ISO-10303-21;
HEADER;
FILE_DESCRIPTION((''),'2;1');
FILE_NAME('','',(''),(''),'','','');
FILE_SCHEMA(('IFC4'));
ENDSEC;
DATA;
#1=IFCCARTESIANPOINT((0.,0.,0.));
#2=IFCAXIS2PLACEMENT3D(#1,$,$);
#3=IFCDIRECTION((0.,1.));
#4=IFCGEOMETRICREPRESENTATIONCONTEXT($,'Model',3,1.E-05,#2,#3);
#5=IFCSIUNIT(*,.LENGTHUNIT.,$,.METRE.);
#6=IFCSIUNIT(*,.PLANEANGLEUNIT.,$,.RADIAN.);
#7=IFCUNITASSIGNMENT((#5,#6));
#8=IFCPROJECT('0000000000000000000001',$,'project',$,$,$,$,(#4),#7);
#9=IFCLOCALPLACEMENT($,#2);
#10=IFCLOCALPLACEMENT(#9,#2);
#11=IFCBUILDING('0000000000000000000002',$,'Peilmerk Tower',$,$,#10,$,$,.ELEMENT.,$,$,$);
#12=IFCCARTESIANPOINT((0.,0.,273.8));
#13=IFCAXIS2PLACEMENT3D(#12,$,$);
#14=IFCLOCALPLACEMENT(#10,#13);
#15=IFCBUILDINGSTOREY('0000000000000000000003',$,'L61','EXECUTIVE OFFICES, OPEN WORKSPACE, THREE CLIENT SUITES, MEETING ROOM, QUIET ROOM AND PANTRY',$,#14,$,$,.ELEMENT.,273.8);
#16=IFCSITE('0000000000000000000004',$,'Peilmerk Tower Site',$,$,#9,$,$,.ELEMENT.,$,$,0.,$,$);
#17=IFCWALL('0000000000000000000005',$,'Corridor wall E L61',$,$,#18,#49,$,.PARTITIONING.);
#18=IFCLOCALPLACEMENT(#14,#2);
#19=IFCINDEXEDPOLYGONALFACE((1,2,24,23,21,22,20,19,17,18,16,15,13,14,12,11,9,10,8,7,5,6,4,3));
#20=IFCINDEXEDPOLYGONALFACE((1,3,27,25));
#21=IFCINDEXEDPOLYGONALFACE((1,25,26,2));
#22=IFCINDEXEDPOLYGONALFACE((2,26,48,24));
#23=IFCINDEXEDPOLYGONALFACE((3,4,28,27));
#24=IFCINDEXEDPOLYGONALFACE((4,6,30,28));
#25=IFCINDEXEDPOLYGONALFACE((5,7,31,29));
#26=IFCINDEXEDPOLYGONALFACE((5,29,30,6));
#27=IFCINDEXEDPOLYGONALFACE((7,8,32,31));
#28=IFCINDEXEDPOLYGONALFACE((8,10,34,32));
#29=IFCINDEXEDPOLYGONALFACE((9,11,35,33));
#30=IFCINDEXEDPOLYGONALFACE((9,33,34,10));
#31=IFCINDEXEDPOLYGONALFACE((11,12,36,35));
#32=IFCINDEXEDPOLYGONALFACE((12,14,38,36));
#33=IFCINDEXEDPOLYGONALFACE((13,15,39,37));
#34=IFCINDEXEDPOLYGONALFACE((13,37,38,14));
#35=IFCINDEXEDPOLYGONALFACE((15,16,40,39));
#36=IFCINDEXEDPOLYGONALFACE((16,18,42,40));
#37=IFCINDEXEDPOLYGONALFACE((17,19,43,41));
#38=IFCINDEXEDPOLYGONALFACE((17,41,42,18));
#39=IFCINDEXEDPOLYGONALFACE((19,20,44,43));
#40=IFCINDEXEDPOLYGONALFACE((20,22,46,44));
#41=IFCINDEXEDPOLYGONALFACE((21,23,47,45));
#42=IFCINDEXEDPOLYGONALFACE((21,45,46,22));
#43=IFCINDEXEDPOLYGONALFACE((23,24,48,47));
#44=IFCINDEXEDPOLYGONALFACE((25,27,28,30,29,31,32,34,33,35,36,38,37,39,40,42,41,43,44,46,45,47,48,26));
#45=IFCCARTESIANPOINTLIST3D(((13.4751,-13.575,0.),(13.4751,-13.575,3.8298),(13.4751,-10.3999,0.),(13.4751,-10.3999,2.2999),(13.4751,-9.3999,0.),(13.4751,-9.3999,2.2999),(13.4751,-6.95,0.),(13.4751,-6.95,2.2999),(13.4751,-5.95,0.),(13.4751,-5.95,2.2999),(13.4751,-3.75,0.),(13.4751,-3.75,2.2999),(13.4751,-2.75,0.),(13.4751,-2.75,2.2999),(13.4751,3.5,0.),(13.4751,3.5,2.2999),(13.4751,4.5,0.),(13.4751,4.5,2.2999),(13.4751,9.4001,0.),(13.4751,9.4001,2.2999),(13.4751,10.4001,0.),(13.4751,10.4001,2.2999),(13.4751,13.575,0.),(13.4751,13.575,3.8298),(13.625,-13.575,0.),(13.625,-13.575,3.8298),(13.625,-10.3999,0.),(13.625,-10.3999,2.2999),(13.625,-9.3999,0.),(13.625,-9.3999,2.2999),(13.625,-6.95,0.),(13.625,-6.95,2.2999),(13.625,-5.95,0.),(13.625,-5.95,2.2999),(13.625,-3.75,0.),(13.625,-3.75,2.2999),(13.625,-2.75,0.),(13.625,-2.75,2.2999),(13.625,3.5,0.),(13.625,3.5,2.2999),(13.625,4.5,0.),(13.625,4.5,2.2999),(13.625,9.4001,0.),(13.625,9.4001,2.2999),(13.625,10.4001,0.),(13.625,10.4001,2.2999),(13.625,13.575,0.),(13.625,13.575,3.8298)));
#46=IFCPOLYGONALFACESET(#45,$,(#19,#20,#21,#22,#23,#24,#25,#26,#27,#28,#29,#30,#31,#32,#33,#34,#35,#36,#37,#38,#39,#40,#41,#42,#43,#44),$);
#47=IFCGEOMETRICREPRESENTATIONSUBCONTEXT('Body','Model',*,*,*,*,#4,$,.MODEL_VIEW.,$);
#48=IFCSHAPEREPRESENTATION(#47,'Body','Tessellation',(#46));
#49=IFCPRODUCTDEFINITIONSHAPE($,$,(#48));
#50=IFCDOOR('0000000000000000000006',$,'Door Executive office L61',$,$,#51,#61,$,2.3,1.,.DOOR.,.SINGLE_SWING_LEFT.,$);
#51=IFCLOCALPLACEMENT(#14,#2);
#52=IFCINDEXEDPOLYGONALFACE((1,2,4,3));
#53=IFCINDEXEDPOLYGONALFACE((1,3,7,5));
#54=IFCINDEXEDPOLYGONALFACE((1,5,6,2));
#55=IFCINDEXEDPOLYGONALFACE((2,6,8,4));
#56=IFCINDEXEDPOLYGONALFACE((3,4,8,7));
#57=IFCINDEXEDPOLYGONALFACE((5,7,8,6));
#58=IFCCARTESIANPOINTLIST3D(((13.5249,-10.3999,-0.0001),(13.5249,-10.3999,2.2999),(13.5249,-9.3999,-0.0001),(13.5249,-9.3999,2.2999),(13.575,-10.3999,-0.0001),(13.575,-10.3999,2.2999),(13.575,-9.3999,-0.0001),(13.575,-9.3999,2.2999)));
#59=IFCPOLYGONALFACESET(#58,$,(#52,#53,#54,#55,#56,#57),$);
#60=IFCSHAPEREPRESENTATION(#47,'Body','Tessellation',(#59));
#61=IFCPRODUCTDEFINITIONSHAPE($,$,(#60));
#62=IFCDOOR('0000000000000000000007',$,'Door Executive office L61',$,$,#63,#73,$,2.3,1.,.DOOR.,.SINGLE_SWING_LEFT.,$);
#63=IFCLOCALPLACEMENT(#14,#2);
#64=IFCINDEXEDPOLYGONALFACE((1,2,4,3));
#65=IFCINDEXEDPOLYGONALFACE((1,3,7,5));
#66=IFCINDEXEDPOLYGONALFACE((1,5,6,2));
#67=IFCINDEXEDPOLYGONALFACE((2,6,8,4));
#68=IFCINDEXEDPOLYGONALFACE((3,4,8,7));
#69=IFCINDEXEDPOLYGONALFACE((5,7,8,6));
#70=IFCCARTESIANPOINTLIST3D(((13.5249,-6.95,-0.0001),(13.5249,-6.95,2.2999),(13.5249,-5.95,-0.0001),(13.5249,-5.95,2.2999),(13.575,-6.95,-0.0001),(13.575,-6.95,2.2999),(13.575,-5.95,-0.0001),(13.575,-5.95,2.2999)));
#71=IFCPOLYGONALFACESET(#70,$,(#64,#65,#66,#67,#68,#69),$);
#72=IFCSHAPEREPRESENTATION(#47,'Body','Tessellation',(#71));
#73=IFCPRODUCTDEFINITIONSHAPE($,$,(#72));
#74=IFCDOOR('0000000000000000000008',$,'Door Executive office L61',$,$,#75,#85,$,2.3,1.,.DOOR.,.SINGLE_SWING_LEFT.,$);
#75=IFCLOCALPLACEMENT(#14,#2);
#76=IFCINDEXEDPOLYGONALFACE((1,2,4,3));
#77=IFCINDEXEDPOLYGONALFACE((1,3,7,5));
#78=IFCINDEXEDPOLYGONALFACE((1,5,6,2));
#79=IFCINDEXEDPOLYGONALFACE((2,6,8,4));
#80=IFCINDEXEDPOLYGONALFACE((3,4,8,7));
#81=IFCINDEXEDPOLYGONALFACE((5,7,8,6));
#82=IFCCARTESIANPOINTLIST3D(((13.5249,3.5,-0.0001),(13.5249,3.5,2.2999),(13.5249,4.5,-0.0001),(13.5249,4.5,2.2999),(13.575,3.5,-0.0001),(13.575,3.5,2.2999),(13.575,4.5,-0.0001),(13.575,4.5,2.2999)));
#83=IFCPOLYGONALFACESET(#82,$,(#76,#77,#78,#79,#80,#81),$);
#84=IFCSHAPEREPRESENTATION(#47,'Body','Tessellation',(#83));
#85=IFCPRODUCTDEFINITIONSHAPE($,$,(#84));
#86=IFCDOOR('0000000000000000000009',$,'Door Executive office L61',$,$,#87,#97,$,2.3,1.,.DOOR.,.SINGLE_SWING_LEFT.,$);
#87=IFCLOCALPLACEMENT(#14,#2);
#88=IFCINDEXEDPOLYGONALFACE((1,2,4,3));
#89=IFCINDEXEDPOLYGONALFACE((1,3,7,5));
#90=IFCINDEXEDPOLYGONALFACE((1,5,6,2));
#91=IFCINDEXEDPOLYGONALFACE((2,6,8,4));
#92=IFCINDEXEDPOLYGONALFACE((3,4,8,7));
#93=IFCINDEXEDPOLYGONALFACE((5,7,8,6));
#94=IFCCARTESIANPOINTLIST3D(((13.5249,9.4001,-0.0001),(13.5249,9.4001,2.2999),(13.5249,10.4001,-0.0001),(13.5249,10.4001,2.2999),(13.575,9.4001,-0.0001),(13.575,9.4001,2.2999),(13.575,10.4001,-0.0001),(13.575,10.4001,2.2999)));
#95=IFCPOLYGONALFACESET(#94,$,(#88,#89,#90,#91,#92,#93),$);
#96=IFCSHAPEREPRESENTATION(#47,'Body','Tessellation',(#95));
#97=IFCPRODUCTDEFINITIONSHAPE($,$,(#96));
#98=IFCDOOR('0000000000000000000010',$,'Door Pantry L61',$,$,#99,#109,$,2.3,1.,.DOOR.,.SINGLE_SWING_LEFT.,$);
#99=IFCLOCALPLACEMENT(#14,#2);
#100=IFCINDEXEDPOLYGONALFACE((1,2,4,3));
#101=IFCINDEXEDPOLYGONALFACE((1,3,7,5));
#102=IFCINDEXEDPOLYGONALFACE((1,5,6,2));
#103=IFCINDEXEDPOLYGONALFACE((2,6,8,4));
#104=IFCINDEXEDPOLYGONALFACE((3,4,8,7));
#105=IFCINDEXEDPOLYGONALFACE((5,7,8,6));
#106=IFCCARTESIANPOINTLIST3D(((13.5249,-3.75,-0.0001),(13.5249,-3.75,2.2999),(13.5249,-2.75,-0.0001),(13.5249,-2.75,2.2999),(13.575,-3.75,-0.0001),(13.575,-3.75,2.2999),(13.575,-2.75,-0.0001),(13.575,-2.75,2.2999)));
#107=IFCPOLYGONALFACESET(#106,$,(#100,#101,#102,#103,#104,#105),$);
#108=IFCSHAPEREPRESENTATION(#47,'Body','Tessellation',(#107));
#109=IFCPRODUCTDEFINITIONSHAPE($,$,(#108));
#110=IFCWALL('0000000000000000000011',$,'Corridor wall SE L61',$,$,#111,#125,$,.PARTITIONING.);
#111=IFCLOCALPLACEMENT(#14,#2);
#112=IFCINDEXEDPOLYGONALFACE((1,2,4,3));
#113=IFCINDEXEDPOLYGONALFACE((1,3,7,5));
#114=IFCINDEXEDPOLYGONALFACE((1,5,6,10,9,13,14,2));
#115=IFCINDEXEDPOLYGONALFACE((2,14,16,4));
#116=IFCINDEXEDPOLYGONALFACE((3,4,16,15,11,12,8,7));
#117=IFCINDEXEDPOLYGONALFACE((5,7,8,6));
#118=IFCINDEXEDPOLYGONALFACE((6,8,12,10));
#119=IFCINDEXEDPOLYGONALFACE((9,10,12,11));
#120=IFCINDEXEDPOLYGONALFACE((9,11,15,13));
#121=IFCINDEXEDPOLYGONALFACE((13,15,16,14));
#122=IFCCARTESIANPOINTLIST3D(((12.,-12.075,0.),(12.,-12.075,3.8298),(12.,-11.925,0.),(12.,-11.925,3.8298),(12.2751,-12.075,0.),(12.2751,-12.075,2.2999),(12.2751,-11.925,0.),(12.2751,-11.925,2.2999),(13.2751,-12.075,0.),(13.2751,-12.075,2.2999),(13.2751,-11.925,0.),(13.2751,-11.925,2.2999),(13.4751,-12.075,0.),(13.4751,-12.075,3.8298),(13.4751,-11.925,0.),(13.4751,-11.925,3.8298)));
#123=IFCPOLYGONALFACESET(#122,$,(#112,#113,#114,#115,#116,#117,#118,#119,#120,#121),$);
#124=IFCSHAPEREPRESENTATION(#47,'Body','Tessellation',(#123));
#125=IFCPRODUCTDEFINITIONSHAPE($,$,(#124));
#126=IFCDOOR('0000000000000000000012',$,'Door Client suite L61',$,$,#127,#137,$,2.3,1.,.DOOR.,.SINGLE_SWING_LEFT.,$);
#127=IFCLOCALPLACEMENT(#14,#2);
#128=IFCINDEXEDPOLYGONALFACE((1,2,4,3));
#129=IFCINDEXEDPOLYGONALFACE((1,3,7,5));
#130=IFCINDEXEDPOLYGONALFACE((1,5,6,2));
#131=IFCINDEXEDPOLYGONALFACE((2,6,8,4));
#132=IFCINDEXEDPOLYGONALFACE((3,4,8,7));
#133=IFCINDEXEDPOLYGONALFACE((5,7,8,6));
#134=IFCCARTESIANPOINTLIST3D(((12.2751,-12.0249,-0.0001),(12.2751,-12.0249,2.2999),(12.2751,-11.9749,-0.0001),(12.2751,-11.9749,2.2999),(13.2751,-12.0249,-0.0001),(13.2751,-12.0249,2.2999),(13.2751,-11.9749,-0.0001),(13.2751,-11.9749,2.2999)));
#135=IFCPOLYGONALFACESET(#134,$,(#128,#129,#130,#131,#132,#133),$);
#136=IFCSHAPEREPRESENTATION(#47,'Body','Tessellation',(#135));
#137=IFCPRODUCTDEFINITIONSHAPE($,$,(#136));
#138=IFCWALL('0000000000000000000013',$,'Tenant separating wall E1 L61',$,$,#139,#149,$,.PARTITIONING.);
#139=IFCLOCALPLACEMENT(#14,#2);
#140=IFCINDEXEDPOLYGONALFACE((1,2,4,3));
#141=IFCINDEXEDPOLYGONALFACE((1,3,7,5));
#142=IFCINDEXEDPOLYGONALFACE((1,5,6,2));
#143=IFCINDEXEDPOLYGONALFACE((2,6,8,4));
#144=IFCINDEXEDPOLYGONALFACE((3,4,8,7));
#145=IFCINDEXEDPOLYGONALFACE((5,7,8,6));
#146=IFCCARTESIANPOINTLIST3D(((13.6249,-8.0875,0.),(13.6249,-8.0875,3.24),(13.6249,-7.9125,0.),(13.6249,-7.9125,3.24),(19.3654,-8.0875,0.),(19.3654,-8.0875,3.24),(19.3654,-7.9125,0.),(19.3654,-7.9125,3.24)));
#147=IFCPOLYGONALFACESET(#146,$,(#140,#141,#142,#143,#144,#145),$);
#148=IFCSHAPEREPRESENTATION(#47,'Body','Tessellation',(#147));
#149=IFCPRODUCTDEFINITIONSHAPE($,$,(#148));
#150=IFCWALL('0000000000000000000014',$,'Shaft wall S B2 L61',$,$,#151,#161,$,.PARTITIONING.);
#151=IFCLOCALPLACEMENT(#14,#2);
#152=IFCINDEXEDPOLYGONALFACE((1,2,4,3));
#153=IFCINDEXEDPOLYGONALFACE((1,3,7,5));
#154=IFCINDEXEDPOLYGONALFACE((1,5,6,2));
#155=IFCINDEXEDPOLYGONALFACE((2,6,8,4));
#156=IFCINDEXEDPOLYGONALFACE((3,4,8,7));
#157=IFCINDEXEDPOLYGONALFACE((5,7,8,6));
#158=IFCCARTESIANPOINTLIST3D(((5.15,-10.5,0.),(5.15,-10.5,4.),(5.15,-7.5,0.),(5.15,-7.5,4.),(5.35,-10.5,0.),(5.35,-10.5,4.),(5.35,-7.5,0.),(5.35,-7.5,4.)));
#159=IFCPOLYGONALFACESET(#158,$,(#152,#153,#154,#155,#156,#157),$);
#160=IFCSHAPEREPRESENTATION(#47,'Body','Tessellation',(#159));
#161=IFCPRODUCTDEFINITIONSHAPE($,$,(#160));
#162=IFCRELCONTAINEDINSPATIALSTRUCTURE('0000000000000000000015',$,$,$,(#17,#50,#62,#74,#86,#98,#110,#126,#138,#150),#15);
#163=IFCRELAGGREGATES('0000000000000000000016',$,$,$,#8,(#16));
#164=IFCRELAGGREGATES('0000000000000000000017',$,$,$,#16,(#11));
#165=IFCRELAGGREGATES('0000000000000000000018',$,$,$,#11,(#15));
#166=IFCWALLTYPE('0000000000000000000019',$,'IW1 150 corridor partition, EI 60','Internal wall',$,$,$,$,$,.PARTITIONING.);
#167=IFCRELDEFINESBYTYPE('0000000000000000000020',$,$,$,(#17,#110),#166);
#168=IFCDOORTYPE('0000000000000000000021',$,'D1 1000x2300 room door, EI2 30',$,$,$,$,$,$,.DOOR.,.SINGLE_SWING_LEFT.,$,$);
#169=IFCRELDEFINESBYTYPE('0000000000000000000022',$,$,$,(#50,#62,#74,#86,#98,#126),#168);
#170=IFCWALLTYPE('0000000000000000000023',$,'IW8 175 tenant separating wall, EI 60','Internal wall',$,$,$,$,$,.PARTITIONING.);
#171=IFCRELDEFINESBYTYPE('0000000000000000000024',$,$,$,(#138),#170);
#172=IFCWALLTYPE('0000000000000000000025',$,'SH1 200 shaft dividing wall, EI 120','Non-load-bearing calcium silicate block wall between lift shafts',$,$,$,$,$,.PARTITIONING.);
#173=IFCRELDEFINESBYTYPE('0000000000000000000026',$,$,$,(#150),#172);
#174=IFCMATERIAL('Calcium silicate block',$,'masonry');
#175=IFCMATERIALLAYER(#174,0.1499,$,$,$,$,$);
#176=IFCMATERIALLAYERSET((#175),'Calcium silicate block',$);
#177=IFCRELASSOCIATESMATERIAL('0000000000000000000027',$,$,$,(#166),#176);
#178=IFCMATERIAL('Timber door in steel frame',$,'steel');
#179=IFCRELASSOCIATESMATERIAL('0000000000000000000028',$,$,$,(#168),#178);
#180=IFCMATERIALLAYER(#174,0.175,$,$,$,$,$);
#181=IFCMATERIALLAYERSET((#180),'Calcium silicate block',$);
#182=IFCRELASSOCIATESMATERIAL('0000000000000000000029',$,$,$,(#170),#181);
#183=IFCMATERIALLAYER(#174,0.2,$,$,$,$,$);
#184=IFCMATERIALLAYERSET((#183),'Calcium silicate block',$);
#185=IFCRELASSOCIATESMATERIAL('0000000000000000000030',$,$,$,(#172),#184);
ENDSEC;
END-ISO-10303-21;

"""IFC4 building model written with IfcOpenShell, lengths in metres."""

from ifc_helpers import new_model, si_unit, direction, frame, frame_2d, origin, place, context, subcontext, project, spatial, rectangle, extrude, material, layer, layer_set, type_object, element, fill, save


model = new_model("IFC4")

# Units and contexts
model_context = context("Model", 3, precision=1e-05, world=origin(), true_north=direction((0.0, 1.0)))
body_context = subcontext(model_context, "Body", "Model", "MODEL_VIEW")
ifc_project = project(units=[si_unit("LENGTHUNIT", "METRE"), si_unit("PLANEANGLEUNIT", "RADIAN")], contexts=[model_context])

# Site, building, storey
site_placement = place(None, origin())
site = spatial("IfcSite", under=ifc_project, at=site_placement, Name="Peilmerk Tower Site", CompositionType="ELEMENT", RefElevation=0.0)
building_placement = place(site_placement, origin())
building = spatial("IfcBuilding", under=site, at=building_placement, Name="Peilmerk Tower", CompositionType="ELEMENT")
storey_placement = place(building_placement, frame((0.0, 0.0, 273.8)))
storey = spatial("IfcBuildingStorey", under=building, at=storey_placement, Name="L61", Description="EXECUTIVE OFFICES, OPEN WORKSPACE, THREE CLIENT SUITES, MEETING ROOM, QUIET ROOM AND PANTRY", CompositionType="ELEMENT", Elevation=273.8)

# Wall, openings, doors
ifc_material_1 = material(Name="Calcium silicate block", Category="masonry")
ifc_layer_1 = layer(ifc_material_1, 0.1499)
ifc_layer_set_1 = layer_set([ifc_layer_1], Name="Calcium silicate block")
wall_type_1 = type_object("IfcWallType", Name="IW1 150 corridor partition, EI 60", Description="Internal wall", PredefinedType="PARTITIONING", material=ifc_layer_set_1)
wall_1_placement = place(storey_placement, frame((13.55, -13.575, 0.0), z_axis=(0.0, 0.0, 1.0), x_axis=(0.0, 1.0, 0.0)))
wall_1 = element("IfcWall", 1, at=wall_1_placement, inside=storey, type_object=wall_type_1, Name="Corridor wall E L61", PredefinedType="PARTITIONING", context=body_context, shape_type="SweptSolid", body=[
    extrude(rectangle(XDim=27.1499, YDim=0.1499, at=frame_2d((13.575, 0.0))), origin(), (0.0, 0.0, 1.0), 3.8298),
])
opening_1_placement = place(wall_1_placement, frame((3.175, 0.0, 0.0)))
opening_1 = element("IfcOpeningElement", 2, at=opening_1_placement, cuts=wall_1, PredefinedType="OPENING", context=body_context, shape_type="SweptSolid", body=[
    extrude(rectangle(XDim=1.0, YDim=2.3, at=frame_2d((0.5, 1.1499))), frame((0.0, 0.085, 0.0), z_axis=(0.0, -1.0, 0.0), x_axis=(1.0, 0.0, 0.0)), (0.0, 0.0, 1.0), 0.1699),
])
opening_2_placement = place(wall_1_placement, frame((6.625, 0.0, 0.0)))
opening_2 = element("IfcOpeningElement", 3, at=opening_2_placement, cuts=wall_1, PredefinedType="OPENING", context=body_context, shape_type="SweptSolid", body=[
    extrude(rectangle(XDim=1.0, YDim=2.3, at=frame_2d((0.5, 1.1499))), frame((0.0, 0.085, 0.0), z_axis=(0.0, -1.0, 0.0), x_axis=(1.0, 0.0, 0.0)), (0.0, 0.0, 1.0), 0.1699),
])
opening_3_placement = place(wall_1_placement, frame((17.075, 0.0, 0.0)))
opening_3 = element("IfcOpeningElement", 4, at=opening_3_placement, cuts=wall_1, PredefinedType="OPENING", context=body_context, shape_type="SweptSolid", body=[
    extrude(rectangle(XDim=1.0, YDim=2.3, at=frame_2d((0.5, 1.1499))), frame((0.0, 0.085, 0.0), z_axis=(0.0, -1.0, 0.0), x_axis=(1.0, 0.0, 0.0)), (0.0, 0.0, 1.0), 0.1699),
])
opening_4_placement = place(wall_1_placement, frame((22.9751, 0.0, 0.0)))
opening_4 = element("IfcOpeningElement", 5, at=opening_4_placement, cuts=wall_1, PredefinedType="OPENING", context=body_context, shape_type="SweptSolid", body=[
    extrude(rectangle(XDim=1.0, YDim=2.3, at=frame_2d((0.5, 1.1499))), frame((0.0, 0.085, 0.0), z_axis=(0.0, -1.0, 0.0), x_axis=(1.0, 0.0, 0.0)), (0.0, 0.0, 1.0), 0.1699),
])
opening_5_placement = place(wall_1_placement, frame((9.825, 0.0, 0.0)))
opening_5 = element("IfcOpeningElement", 6, at=opening_5_placement, cuts=wall_1, PredefinedType="OPENING", context=body_context, shape_type="SweptSolid", body=[
    extrude(rectangle(XDim=1.0, YDim=2.3, at=frame_2d((0.5, 1.1499))), frame((0.0, 0.085, 0.0), z_axis=(0.0, -1.0, 0.0), x_axis=(1.0, 0.0, 0.0)), (0.0, 0.0, 1.0), 0.1699),
])
ifc_material_2 = material(Name="Timber door in steel frame", Category="steel")
door_type_1 = type_object("IfcDoorType", Name="D1 1000x2300 room door, EI2 30", OperationType="SINGLE_SWING_LEFT", PredefinedType="DOOR", material=ifc_material_2)
door_1_placement = place(opening_1_placement, frame((1.0, 0.0, 0.0), z_axis=(0.0, 0.0, 1.0), x_axis=(-1.0, 0.0, 0.0)))
door_1 = element("IfcDoor", 7, at=door_1_placement, inside=storey, type_object=door_type_1, Name="Door Executive office L61", OperationType="SINGLE_SWING_LEFT", OverallHeight=2.3, OverallWidth=1.0, PredefinedType="DOOR", context=body_context, shape_type="SweptSolid", body=[
    extrude(rectangle(XDim=1.0, YDim=2.3, at=frame_2d((0.5, 1.1499))), frame((0.0, 0.0249, 0.0), z_axis=(0.0, -1.0, 0.0), x_axis=(1.0, 0.0, 0.0)), (0.0, 0.0, 1.0), 0.05),
])
fill(opening_1, door_1)
door_2_placement = place(opening_2_placement, frame((1.0, 0.0, 0.0), z_axis=(0.0, 0.0, 1.0), x_axis=(-1.0, 0.0, 0.0)))
door_2 = element("IfcDoor", 8, at=door_2_placement, inside=storey, type_object=door_type_1, Name="Door Executive office L61", OperationType="SINGLE_SWING_LEFT", OverallHeight=2.3, OverallWidth=1.0, PredefinedType="DOOR", context=body_context, shape_type="SweptSolid", body=[
    extrude(rectangle(XDim=1.0, YDim=2.3, at=frame_2d((0.5, 1.1499))), frame((0.0, 0.0249, 0.0), z_axis=(0.0, -1.0, 0.0), x_axis=(1.0, 0.0, 0.0)), (0.0, 0.0, 1.0), 0.05),
])
fill(opening_2, door_2)
door_3_placement = place(opening_3_placement, frame((1.0, 0.0, 0.0), z_axis=(0.0, 0.0, 1.0), x_axis=(-1.0, 0.0, 0.0)))
door_3 = element("IfcDoor", 9, at=door_3_placement, inside=storey, type_object=door_type_1, Name="Door Executive office L61", OperationType="SINGLE_SWING_LEFT", OverallHeight=2.3, OverallWidth=1.0, PredefinedType="DOOR", context=body_context, shape_type="SweptSolid", body=[
    extrude(rectangle(XDim=1.0, YDim=2.3, at=frame_2d((0.5, 1.1499))), frame((0.0, 0.0249, 0.0), z_axis=(0.0, -1.0, 0.0), x_axis=(1.0, 0.0, 0.0)), (0.0, 0.0, 1.0), 0.05),
])
fill(opening_3, door_3)
door_4_placement = place(opening_4_placement, frame((1.0, 0.0, 0.0), z_axis=(0.0, 0.0, 1.0), x_axis=(-1.0, 0.0, 0.0)))
door_4 = element("IfcDoor", 10, at=door_4_placement, inside=storey, type_object=door_type_1, Name="Door Executive office L61", OperationType="SINGLE_SWING_LEFT", OverallHeight=2.3, OverallWidth=1.0, PredefinedType="DOOR", context=body_context, shape_type="SweptSolid", body=[
    extrude(rectangle(XDim=1.0, YDim=2.3, at=frame_2d((0.5, 1.1499))), frame((0.0, 0.0249, 0.0), z_axis=(0.0, -1.0, 0.0), x_axis=(1.0, 0.0, 0.0)), (0.0, 0.0, 1.0), 0.05),
])
fill(opening_4, door_4)
door_5_placement = place(opening_5_placement, frame((1.0, 0.0, 0.0), z_axis=(0.0, 0.0, 1.0), x_axis=(-1.0, 0.0, 0.0)))
door_5 = element("IfcDoor", 11, at=door_5_placement, inside=storey, type_object=door_type_1, Name="Door Pantry L61", OperationType="SINGLE_SWING_LEFT", OverallHeight=2.3, OverallWidth=1.0, PredefinedType="DOOR", context=body_context, shape_type="SweptSolid", body=[
    extrude(rectangle(XDim=1.0, YDim=2.3, at=frame_2d((0.5, 1.1499))), frame((0.0, 0.0249, 0.0), z_axis=(0.0, -1.0, 0.0), x_axis=(1.0, 0.0, 0.0)), (0.0, 0.0, 1.0), 0.05),
])
fill(opening_5, door_5)

# Wall, opening, door
wall_2_placement = place(storey_placement, frame((13.4751, -12.0, 0.0), z_axis=(0.0, 0.0, 1.0), x_axis=(-1.0, 0.0, 0.0)))
wall_2 = element("IfcWall", 12, at=wall_2_placement, inside=storey, type_object=wall_type_1, Name="Corridor wall SE L61", PredefinedType="PARTITIONING", context=body_context, shape_type="SweptSolid", body=[
    extrude(rectangle(XDim=1.4751, YDim=0.1499, at=frame_2d((0.7375, 0.0))), origin(), (0.0, 0.0, 1.0), 3.8298),
])
opening_6_placement = place(wall_2_placement, frame((0.2, 0.0, 0.0)))
opening_6 = element("IfcOpeningElement", 13, at=opening_6_placement, cuts=wall_2, PredefinedType="OPENING", context=body_context, shape_type="SweptSolid", body=[
    extrude(rectangle(XDim=1.0, YDim=2.3, at=frame_2d((0.5, 1.1499))), frame((0.0, 0.085, 0.0), z_axis=(0.0, -1.0, 0.0), x_axis=(1.0, 0.0, 0.0)), (0.0, 0.0, 1.0), 0.1699),
])
door_6_placement = place(opening_6_placement, origin())
door_6 = element("IfcDoor", 14, at=door_6_placement, inside=storey, type_object=door_type_1, Name="Door Client suite L61", OperationType="SINGLE_SWING_LEFT", OverallHeight=2.3, OverallWidth=1.0, PredefinedType="DOOR", context=body_context, shape_type="SweptSolid", body=[
    extrude(rectangle(XDim=1.0, YDim=2.3, at=frame_2d((0.5, 1.1499))), frame((0.0, 0.0249, 0.0), z_axis=(0.0, -1.0, 0.0), x_axis=(1.0, 0.0, 0.0)), (0.0, 0.0, 1.0), 0.05),
])
fill(opening_6, door_6)

# Walls
ifc_layer_2 = layer(ifc_material_1, 0.175)
ifc_layer_set_2 = layer_set([ifc_layer_2], Name="Calcium silicate block")
wall_type_2 = type_object("IfcWallType", Name="IW8 175 tenant separating wall, EI 60", Description="Internal wall", PredefinedType="PARTITIONING", material=ifc_layer_set_2)
wall_3_placement = place(storey_placement, frame((13.625, -8.0, 0.0), z_axis=(0.0, 0.0, 1.0), x_axis=(1.0, 0.0, 0.0)))
element("IfcWall", 15, at=wall_3_placement, inside=storey, type_object=wall_type_2, Name="Tenant separating wall E1 L61", PredefinedType="PARTITIONING", context=body_context, shape_type="SweptSolid", body=[
    extrude(rectangle(XDim=5.7405, YDim=0.175, at=frame_2d((2.8701, 0.0))), origin(), (0.0, 0.0, 1.0), 3.24),
])
ifc_layer_3 = layer(ifc_material_1, 0.2)
ifc_layer_set_3 = layer_set([ifc_layer_3], Name="Calcium silicate block")
wall_type_3 = type_object("IfcWallType", Name="SH1 200 shaft dividing wall, EI 120", Description="Non-load-bearing calcium silicate block wall between lift shafts", PredefinedType="PARTITIONING", material=ifc_layer_set_3)
for number, where, z_axis, x_axis, name in (
    (16, (5.25, -10.5, 0.0), (0.0, 0.0, 1.0), (0.0, 1.0, 0.0), "Shaft wall S B2 L61"),
):
    element("IfcWall", number, at=place(storey_placement, frame(where, z_axis=z_axis, x_axis=x_axis)), inside=storey, type_object=wall_type_3, Name=name, PredefinedType="PARTITIONING", context=body_context, shape_type="SweptSolid", body=[
        extrude(rectangle(XDim=3.0, YDim=0.2, at=frame_2d((1.5, 0.0))), origin(), (0.0, 0.0, 1.0), 4.0),
    ])

save(model, "model.ifc")
